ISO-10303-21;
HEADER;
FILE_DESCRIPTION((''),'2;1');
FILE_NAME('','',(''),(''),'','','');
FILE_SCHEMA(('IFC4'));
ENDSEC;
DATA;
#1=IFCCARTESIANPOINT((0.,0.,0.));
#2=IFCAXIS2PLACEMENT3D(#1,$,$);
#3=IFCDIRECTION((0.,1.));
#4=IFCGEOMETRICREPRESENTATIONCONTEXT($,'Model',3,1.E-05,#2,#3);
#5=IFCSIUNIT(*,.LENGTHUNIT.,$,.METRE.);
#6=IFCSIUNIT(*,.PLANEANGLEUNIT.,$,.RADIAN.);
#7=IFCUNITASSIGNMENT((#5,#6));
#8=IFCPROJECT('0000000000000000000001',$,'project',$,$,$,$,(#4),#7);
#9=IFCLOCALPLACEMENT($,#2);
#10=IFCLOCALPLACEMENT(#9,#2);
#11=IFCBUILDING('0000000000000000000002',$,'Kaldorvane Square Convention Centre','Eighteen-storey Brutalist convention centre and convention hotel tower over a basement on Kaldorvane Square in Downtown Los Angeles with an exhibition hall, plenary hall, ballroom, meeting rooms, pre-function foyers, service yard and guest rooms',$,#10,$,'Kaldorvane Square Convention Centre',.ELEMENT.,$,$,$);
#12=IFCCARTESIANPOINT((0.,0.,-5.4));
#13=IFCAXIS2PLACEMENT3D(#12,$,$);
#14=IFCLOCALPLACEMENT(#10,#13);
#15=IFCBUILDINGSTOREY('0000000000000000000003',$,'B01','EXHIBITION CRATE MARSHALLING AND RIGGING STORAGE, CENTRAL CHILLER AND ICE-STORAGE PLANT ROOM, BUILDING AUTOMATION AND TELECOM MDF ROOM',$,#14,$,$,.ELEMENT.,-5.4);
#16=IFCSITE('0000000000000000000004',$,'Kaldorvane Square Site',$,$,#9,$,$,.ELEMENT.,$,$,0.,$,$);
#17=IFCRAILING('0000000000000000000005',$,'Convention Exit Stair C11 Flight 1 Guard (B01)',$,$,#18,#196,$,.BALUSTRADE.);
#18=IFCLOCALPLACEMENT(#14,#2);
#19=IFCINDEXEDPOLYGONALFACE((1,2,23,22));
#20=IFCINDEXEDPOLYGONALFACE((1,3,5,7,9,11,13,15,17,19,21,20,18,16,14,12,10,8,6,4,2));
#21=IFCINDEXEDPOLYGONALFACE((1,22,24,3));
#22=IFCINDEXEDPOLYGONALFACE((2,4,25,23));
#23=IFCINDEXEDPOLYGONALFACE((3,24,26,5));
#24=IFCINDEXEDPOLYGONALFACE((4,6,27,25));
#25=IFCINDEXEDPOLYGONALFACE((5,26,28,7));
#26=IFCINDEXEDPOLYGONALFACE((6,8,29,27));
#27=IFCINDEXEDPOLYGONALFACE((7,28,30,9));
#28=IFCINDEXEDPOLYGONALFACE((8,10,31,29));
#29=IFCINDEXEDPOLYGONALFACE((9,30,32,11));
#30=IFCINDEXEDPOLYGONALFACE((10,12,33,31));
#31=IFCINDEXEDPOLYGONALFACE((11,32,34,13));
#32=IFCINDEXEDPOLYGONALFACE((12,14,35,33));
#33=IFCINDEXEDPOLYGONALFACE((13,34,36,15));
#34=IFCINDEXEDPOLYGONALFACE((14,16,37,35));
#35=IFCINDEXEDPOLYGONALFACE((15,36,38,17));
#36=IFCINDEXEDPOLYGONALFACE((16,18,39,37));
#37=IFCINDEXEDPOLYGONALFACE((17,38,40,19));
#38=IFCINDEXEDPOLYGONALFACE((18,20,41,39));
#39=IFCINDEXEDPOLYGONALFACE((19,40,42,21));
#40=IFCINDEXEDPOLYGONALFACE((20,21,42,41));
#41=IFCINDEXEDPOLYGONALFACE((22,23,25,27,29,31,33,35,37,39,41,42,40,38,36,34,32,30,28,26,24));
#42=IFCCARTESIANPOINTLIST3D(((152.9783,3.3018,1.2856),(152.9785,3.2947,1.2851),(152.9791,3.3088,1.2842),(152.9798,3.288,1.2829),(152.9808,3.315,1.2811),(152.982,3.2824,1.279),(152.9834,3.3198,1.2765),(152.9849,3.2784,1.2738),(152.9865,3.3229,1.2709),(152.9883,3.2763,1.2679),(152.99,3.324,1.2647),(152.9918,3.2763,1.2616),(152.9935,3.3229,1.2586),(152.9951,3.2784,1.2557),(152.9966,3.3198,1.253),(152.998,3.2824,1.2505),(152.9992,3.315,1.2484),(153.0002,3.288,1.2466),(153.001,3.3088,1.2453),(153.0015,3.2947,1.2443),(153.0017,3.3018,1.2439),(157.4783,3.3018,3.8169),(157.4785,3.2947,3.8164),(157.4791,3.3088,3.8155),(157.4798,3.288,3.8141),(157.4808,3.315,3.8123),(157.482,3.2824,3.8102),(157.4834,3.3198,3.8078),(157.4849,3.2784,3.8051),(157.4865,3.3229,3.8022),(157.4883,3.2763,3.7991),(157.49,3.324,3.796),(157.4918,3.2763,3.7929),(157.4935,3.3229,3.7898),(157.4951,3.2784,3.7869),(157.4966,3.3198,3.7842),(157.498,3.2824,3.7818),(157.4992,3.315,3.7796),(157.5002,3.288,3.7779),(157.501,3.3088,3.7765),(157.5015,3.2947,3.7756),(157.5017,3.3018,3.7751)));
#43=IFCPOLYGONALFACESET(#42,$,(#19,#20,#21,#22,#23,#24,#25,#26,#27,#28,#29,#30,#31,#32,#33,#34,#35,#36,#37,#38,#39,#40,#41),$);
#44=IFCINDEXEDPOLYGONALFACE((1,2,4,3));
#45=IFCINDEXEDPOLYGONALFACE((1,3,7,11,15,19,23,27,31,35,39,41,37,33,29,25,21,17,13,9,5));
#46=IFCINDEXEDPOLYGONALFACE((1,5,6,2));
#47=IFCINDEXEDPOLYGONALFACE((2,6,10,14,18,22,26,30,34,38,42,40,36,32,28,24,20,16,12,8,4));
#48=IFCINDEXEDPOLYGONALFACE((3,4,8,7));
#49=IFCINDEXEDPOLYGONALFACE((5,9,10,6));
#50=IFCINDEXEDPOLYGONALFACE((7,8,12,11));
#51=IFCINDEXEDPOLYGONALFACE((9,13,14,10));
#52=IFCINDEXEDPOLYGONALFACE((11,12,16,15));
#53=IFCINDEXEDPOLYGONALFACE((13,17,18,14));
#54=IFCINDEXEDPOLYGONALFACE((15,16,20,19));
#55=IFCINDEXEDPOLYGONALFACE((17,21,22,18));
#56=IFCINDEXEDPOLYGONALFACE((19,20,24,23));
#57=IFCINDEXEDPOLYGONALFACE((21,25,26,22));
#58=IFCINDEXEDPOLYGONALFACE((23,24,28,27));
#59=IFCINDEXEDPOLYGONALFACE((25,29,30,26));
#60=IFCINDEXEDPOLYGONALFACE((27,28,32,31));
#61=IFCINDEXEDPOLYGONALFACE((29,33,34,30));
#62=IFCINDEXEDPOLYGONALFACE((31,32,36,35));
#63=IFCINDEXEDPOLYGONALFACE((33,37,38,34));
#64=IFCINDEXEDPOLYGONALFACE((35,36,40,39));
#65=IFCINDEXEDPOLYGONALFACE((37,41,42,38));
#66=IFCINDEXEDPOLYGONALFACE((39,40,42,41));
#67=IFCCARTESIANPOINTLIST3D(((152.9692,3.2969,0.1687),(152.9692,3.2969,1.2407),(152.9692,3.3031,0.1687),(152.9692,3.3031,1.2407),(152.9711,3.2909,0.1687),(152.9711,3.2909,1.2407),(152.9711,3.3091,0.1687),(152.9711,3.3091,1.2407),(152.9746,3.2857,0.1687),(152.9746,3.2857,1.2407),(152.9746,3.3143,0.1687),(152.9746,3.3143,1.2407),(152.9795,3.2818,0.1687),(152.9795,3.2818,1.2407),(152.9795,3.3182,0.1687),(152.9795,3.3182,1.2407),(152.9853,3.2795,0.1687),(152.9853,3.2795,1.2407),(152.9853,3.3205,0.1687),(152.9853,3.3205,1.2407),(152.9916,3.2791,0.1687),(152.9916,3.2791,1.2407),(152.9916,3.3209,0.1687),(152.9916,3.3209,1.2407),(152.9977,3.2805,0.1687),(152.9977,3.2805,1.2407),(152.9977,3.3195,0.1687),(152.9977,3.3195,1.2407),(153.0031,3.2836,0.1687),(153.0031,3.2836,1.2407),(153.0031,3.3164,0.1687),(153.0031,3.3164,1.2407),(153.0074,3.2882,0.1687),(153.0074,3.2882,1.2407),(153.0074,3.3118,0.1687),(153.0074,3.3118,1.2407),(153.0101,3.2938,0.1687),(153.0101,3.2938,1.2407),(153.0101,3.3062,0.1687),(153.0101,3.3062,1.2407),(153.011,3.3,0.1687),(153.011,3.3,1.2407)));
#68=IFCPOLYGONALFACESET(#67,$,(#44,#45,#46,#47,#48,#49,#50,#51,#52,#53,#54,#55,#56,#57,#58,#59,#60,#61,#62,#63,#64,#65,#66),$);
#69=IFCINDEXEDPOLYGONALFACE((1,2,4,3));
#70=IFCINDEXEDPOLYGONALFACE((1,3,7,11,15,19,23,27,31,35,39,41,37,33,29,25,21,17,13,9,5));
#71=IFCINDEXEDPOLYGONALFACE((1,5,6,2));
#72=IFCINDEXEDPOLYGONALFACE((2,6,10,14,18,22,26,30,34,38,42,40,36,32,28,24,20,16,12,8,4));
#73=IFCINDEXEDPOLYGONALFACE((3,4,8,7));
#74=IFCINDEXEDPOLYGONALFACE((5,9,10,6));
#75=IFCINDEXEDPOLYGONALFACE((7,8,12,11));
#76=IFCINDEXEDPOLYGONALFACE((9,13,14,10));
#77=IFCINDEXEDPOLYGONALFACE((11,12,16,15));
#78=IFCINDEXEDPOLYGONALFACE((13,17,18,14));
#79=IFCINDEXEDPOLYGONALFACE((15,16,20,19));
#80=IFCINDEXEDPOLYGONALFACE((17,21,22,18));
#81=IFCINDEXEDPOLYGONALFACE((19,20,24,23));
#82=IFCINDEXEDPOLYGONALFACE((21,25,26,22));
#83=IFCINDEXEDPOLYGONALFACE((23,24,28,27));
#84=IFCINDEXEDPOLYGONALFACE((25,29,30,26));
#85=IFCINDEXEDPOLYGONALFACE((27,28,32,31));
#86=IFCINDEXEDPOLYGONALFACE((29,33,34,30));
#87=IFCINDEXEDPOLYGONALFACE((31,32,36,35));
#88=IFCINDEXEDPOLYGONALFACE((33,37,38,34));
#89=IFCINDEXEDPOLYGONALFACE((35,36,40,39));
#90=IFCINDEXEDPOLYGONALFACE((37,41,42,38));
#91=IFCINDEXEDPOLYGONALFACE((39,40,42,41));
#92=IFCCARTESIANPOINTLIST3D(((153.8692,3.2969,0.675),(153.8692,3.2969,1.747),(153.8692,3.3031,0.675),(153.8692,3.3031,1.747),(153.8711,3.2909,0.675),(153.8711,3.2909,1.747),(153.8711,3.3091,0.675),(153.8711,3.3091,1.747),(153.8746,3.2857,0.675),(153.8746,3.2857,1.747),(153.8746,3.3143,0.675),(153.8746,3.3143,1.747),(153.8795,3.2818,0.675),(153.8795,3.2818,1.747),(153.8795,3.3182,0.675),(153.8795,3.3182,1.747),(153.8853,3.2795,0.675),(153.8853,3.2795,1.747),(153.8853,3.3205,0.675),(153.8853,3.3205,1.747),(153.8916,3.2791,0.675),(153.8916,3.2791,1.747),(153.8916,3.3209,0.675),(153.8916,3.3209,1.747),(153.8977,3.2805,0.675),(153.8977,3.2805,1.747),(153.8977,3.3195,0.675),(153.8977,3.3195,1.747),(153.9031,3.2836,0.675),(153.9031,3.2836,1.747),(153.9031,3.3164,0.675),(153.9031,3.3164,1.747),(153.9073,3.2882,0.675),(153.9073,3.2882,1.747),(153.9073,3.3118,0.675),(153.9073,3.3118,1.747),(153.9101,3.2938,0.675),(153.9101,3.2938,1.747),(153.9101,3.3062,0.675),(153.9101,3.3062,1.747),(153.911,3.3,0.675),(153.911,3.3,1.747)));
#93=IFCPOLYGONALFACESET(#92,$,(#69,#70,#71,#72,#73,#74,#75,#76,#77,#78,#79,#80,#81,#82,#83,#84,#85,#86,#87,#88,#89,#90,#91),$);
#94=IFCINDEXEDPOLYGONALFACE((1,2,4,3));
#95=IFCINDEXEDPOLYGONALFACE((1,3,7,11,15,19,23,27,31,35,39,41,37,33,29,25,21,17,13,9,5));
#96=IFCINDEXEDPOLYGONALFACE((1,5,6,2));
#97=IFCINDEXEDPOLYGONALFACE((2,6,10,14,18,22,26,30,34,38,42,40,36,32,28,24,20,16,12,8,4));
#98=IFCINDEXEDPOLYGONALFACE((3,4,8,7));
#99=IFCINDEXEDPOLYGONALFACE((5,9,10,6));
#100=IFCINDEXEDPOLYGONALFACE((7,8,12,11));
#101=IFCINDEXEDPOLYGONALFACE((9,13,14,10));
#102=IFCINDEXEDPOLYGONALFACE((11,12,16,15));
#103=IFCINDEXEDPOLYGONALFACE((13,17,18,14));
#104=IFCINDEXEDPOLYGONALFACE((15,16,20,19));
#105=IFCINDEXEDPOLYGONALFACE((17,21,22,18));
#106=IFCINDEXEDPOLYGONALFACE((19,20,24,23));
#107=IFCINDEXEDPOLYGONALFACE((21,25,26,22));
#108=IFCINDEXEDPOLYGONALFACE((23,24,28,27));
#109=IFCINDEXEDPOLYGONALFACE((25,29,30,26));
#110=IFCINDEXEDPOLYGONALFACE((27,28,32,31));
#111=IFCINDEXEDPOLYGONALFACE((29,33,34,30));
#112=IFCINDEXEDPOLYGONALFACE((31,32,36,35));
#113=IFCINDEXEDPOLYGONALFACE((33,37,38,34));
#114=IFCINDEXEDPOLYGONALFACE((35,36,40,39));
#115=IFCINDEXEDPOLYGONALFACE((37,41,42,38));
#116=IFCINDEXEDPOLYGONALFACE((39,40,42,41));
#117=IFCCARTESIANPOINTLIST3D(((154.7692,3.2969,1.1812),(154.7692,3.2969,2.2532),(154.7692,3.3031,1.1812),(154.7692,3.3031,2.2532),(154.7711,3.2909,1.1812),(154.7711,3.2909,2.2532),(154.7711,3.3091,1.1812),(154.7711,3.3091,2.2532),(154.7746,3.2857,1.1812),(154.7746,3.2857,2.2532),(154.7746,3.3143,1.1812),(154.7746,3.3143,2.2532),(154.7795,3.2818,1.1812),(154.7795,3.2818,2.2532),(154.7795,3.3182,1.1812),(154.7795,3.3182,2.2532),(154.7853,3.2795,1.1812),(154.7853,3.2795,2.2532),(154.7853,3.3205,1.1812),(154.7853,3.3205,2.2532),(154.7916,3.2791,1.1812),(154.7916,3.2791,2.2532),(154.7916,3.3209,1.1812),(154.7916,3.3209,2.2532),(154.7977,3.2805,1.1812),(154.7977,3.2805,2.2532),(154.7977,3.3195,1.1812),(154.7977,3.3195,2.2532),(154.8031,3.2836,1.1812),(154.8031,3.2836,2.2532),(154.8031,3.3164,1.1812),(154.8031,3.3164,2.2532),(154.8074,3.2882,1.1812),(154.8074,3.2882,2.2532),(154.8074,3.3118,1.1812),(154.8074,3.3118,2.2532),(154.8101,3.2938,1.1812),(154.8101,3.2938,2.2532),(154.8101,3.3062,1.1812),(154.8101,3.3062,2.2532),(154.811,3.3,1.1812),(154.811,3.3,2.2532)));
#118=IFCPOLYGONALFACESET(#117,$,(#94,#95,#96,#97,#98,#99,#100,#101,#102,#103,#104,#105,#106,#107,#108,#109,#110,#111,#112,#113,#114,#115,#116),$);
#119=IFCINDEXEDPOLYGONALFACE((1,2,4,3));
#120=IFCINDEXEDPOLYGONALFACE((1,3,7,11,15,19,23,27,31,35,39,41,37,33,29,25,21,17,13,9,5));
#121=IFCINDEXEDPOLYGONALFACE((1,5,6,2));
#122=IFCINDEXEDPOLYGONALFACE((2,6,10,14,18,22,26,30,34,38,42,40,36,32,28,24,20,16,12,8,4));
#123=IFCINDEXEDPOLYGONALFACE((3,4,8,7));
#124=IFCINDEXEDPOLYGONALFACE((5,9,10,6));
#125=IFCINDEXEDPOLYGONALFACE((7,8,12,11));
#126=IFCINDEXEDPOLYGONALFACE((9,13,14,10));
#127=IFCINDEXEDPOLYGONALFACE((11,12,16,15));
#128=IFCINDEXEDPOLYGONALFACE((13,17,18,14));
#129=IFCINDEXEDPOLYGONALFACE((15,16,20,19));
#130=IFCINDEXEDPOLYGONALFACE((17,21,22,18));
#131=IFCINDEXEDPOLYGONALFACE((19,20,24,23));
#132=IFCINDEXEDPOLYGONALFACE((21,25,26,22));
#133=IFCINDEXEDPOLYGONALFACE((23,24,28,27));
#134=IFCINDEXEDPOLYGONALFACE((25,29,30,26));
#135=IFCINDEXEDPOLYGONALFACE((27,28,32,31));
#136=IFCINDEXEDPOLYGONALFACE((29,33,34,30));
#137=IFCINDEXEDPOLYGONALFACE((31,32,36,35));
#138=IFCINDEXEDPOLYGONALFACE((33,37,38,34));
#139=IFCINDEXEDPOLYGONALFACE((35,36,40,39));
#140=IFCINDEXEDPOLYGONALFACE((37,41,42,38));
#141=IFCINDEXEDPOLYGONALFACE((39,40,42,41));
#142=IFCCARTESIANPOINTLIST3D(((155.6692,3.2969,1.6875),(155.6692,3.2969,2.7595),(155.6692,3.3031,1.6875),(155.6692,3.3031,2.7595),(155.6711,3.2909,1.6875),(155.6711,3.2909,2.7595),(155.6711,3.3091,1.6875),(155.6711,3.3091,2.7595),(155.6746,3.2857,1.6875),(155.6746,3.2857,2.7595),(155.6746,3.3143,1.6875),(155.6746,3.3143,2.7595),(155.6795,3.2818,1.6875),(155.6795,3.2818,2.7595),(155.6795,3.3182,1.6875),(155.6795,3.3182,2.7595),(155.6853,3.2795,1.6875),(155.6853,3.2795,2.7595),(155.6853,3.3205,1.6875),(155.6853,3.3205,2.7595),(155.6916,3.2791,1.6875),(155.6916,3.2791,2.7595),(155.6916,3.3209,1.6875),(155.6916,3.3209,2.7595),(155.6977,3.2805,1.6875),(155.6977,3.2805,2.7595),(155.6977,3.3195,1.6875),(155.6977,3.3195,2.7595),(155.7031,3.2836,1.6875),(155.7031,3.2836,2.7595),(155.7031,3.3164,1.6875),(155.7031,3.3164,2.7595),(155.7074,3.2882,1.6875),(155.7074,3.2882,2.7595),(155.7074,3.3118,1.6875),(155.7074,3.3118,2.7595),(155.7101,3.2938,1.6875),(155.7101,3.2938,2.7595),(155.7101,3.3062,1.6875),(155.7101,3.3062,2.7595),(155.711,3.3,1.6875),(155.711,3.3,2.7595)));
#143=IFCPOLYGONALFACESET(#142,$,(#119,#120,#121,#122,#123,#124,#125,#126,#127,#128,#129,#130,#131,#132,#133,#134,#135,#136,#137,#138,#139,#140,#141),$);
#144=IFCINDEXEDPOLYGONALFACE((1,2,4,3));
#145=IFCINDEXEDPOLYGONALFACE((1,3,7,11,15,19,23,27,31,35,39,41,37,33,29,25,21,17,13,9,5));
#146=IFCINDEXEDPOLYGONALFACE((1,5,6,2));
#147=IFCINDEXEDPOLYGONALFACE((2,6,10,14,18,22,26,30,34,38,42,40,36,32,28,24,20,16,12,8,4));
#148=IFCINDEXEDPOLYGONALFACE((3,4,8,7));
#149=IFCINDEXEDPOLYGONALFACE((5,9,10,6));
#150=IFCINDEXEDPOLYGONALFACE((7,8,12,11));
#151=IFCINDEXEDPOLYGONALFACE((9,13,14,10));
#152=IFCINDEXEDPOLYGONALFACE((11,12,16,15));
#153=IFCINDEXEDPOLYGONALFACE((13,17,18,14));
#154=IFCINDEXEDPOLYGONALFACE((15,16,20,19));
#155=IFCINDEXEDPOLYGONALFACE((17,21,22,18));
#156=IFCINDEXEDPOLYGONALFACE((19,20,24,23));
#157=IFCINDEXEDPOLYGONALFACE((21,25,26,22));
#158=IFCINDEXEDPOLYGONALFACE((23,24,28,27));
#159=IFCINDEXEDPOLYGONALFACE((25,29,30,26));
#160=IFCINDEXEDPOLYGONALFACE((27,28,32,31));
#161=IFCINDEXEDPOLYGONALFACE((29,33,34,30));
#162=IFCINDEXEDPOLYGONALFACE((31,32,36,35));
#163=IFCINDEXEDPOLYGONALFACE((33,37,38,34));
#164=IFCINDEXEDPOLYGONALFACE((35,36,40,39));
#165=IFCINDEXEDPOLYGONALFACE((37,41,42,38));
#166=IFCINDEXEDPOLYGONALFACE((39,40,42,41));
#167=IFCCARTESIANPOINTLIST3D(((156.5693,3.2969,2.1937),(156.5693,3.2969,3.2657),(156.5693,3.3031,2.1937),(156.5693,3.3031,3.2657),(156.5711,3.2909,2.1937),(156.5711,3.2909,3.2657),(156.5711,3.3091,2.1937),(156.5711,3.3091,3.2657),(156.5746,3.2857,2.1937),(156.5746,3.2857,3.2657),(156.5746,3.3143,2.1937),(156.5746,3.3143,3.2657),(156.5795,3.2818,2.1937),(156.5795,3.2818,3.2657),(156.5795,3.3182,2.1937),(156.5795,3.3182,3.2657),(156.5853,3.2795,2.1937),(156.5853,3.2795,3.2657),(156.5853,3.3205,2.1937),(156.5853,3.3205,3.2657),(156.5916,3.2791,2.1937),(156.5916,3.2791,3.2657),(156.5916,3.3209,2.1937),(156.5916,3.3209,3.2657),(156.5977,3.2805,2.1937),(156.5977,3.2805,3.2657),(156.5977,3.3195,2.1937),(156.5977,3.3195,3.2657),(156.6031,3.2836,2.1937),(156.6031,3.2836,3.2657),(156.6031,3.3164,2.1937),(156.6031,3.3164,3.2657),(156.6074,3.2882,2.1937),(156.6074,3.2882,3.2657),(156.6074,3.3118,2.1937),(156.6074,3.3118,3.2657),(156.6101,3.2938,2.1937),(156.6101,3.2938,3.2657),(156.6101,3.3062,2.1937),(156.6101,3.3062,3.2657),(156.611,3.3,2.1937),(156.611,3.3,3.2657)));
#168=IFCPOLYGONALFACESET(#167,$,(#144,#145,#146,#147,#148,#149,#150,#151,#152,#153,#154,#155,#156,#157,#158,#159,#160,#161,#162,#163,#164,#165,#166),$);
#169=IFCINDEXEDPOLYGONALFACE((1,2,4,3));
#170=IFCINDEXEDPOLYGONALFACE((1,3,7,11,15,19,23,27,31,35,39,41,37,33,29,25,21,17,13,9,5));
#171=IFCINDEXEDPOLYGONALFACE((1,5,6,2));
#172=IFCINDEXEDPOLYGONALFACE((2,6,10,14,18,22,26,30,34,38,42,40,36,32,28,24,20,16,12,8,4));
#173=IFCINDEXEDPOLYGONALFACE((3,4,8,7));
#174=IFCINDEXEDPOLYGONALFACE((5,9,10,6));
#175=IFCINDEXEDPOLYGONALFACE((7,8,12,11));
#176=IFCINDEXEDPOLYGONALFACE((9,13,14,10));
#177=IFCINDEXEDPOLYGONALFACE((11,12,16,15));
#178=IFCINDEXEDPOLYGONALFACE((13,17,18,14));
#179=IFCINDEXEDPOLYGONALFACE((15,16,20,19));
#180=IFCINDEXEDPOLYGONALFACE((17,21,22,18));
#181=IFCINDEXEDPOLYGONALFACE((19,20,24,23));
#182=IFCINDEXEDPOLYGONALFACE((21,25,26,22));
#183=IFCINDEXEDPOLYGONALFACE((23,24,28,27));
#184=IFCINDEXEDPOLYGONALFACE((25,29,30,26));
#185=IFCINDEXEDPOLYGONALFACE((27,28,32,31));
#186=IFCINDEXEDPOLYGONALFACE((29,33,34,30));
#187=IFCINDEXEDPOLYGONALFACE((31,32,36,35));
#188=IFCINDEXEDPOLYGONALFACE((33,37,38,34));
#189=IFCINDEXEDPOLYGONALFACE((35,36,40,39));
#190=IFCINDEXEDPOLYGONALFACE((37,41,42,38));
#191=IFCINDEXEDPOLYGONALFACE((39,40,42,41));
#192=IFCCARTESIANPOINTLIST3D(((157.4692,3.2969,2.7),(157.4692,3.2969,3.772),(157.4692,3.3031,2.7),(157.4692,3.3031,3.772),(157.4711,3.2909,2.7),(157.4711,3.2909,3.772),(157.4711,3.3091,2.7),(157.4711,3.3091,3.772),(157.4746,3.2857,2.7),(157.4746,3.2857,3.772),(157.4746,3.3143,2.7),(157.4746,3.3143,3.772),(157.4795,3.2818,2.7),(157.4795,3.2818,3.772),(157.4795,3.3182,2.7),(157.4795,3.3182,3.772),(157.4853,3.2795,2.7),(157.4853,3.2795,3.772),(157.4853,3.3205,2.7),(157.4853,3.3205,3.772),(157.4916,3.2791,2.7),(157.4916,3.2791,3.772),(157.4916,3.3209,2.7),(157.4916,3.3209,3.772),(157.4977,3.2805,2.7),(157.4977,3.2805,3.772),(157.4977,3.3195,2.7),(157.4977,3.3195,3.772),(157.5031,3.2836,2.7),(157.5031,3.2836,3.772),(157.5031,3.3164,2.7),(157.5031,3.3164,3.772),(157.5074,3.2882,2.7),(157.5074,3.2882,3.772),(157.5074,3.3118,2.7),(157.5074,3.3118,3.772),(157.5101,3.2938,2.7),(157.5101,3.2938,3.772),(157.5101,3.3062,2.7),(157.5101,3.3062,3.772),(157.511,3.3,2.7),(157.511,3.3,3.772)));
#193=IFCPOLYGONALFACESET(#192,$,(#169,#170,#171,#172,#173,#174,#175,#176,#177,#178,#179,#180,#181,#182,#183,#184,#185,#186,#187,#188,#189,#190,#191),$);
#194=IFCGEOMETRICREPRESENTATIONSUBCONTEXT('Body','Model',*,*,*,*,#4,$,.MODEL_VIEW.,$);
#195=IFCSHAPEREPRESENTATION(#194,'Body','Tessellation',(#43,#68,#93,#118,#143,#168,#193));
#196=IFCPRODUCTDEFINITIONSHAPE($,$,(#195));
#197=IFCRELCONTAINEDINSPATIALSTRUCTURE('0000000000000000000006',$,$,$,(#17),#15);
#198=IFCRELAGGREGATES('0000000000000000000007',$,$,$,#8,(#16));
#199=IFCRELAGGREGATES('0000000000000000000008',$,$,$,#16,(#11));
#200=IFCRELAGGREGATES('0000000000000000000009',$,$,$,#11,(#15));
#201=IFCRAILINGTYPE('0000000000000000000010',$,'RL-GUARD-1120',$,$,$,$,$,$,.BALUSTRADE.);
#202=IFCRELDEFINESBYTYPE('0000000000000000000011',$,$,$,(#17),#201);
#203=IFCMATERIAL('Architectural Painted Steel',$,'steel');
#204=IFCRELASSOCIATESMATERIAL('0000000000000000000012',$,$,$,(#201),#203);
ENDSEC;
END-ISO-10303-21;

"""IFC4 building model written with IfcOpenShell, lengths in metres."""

from ifc_helpers import new_model, si_unit, direction, frame, origin, origin_2d, place, context, subcontext, project, spatial, circle, extrude, material, type_object, element, save


model = new_model("IFC4")

# Units and contexts
model_context = context("Model", 3, precision=1e-05, world=origin(), true_north=direction((0.0, 1.0)))
body_context = subcontext(model_context, "Body", "Model", "MODEL_VIEW")
ifc_project = project(units=[si_unit("LENGTHUNIT", "METRE"), si_unit("PLANEANGLEUNIT", "RADIAN")], contexts=[model_context])

# Site, building, storey
site_placement = place(None, origin())
site = spatial("IfcSite", under=ifc_project, at=site_placement, Name="Kaldorvane Square Site", CompositionType="ELEMENT", RefElevation=0.0)
building_placement = place(site_placement, origin())
building = spatial("IfcBuilding", under=site, at=building_placement, Name="Kaldorvane Square Convention Centre", Description="Eighteen-storey Brutalist convention centre and convention hotel tower over a basement on Kaldorvane Square in Downtown Los Angeles with an exhibition hall, plenary hall, ballroom, meeting rooms, pre-function foyers, service yard and guest rooms", LongName="Kaldorvane Square Convention Centre", CompositionType="ELEMENT")
storey_placement = place(building_placement, frame((0.0, 0.0, -5.4)))
storey = spatial("IfcBuildingStorey", under=building, at=storey_placement, Name="B01", Description="EXHIBITION CRATE MARSHALLING AND RIGGING STORAGE, CENTRAL CHILLER AND ICE-STORAGE PLANT ROOM, BUILDING AUTOMATION AND TELECOM MDF ROOM", CompositionType="ELEMENT", Elevation=-5.4)

# Railing
ifc_material_1 = material(Name="Architectural Painted Steel", Category="steel")
railing_type_1 = type_object("IfcRailingType", Name="RL-GUARD-1120", PredefinedType="BALUSTRADE", material=ifc_material_1)
railing_1_placement = place(storey_placement, frame((152.99, 3.3, 0.1687)))
element("IfcRailing", 1, at=railing_1_placement, inside=storey, type_object=railing_type_1, Name="Convention Exit Stair C11 Flight 1 Guard (B01)", PredefinedType="BALUSTRADE", context=body_context, shape_type="SweptSolid", body=[
    extrude(circle(Radius=0.024, at=origin_2d()), frame((0.0, 0.0, 1.096), z_axis=(0.871576, 0.0, 0.490261), x_axis=(0.0, 1.0, 0.0)), (0.0, 0.0, 1.0), 5.1631),
    extrude(circle(Radius=0.021, at=origin_2d()), origin(), (0.0, 0.0, 1.0), 1.072),
    extrude(circle(Radius=0.021, at=origin_2d()), frame((0.9, 0.0, 0.5063)), (0.0, 0.0, 1.0), 1.072),
    extrude(circle(Radius=0.021, at=origin_2d()), frame((1.8, 0.0, 1.0125)), (0.0, 0.0, 1.0), 1.072),
    extrude(circle(Radius=0.021, at=origin_2d()), frame((2.7, 0.0, 1.5188)), (0.0, 0.0, 1.0), 1.072),
    extrude(circle(Radius=0.021, at=origin_2d()), frame((3.6, 0.0, 2.025)), (0.0, 0.0, 1.0), 1.072),
    extrude(circle(Radius=0.021, at=origin_2d()), frame((4.5, 0.0, 2.5312)), (0.0, 0.0, 1.0), 1.072),
])

save(model, "model.ifc")
